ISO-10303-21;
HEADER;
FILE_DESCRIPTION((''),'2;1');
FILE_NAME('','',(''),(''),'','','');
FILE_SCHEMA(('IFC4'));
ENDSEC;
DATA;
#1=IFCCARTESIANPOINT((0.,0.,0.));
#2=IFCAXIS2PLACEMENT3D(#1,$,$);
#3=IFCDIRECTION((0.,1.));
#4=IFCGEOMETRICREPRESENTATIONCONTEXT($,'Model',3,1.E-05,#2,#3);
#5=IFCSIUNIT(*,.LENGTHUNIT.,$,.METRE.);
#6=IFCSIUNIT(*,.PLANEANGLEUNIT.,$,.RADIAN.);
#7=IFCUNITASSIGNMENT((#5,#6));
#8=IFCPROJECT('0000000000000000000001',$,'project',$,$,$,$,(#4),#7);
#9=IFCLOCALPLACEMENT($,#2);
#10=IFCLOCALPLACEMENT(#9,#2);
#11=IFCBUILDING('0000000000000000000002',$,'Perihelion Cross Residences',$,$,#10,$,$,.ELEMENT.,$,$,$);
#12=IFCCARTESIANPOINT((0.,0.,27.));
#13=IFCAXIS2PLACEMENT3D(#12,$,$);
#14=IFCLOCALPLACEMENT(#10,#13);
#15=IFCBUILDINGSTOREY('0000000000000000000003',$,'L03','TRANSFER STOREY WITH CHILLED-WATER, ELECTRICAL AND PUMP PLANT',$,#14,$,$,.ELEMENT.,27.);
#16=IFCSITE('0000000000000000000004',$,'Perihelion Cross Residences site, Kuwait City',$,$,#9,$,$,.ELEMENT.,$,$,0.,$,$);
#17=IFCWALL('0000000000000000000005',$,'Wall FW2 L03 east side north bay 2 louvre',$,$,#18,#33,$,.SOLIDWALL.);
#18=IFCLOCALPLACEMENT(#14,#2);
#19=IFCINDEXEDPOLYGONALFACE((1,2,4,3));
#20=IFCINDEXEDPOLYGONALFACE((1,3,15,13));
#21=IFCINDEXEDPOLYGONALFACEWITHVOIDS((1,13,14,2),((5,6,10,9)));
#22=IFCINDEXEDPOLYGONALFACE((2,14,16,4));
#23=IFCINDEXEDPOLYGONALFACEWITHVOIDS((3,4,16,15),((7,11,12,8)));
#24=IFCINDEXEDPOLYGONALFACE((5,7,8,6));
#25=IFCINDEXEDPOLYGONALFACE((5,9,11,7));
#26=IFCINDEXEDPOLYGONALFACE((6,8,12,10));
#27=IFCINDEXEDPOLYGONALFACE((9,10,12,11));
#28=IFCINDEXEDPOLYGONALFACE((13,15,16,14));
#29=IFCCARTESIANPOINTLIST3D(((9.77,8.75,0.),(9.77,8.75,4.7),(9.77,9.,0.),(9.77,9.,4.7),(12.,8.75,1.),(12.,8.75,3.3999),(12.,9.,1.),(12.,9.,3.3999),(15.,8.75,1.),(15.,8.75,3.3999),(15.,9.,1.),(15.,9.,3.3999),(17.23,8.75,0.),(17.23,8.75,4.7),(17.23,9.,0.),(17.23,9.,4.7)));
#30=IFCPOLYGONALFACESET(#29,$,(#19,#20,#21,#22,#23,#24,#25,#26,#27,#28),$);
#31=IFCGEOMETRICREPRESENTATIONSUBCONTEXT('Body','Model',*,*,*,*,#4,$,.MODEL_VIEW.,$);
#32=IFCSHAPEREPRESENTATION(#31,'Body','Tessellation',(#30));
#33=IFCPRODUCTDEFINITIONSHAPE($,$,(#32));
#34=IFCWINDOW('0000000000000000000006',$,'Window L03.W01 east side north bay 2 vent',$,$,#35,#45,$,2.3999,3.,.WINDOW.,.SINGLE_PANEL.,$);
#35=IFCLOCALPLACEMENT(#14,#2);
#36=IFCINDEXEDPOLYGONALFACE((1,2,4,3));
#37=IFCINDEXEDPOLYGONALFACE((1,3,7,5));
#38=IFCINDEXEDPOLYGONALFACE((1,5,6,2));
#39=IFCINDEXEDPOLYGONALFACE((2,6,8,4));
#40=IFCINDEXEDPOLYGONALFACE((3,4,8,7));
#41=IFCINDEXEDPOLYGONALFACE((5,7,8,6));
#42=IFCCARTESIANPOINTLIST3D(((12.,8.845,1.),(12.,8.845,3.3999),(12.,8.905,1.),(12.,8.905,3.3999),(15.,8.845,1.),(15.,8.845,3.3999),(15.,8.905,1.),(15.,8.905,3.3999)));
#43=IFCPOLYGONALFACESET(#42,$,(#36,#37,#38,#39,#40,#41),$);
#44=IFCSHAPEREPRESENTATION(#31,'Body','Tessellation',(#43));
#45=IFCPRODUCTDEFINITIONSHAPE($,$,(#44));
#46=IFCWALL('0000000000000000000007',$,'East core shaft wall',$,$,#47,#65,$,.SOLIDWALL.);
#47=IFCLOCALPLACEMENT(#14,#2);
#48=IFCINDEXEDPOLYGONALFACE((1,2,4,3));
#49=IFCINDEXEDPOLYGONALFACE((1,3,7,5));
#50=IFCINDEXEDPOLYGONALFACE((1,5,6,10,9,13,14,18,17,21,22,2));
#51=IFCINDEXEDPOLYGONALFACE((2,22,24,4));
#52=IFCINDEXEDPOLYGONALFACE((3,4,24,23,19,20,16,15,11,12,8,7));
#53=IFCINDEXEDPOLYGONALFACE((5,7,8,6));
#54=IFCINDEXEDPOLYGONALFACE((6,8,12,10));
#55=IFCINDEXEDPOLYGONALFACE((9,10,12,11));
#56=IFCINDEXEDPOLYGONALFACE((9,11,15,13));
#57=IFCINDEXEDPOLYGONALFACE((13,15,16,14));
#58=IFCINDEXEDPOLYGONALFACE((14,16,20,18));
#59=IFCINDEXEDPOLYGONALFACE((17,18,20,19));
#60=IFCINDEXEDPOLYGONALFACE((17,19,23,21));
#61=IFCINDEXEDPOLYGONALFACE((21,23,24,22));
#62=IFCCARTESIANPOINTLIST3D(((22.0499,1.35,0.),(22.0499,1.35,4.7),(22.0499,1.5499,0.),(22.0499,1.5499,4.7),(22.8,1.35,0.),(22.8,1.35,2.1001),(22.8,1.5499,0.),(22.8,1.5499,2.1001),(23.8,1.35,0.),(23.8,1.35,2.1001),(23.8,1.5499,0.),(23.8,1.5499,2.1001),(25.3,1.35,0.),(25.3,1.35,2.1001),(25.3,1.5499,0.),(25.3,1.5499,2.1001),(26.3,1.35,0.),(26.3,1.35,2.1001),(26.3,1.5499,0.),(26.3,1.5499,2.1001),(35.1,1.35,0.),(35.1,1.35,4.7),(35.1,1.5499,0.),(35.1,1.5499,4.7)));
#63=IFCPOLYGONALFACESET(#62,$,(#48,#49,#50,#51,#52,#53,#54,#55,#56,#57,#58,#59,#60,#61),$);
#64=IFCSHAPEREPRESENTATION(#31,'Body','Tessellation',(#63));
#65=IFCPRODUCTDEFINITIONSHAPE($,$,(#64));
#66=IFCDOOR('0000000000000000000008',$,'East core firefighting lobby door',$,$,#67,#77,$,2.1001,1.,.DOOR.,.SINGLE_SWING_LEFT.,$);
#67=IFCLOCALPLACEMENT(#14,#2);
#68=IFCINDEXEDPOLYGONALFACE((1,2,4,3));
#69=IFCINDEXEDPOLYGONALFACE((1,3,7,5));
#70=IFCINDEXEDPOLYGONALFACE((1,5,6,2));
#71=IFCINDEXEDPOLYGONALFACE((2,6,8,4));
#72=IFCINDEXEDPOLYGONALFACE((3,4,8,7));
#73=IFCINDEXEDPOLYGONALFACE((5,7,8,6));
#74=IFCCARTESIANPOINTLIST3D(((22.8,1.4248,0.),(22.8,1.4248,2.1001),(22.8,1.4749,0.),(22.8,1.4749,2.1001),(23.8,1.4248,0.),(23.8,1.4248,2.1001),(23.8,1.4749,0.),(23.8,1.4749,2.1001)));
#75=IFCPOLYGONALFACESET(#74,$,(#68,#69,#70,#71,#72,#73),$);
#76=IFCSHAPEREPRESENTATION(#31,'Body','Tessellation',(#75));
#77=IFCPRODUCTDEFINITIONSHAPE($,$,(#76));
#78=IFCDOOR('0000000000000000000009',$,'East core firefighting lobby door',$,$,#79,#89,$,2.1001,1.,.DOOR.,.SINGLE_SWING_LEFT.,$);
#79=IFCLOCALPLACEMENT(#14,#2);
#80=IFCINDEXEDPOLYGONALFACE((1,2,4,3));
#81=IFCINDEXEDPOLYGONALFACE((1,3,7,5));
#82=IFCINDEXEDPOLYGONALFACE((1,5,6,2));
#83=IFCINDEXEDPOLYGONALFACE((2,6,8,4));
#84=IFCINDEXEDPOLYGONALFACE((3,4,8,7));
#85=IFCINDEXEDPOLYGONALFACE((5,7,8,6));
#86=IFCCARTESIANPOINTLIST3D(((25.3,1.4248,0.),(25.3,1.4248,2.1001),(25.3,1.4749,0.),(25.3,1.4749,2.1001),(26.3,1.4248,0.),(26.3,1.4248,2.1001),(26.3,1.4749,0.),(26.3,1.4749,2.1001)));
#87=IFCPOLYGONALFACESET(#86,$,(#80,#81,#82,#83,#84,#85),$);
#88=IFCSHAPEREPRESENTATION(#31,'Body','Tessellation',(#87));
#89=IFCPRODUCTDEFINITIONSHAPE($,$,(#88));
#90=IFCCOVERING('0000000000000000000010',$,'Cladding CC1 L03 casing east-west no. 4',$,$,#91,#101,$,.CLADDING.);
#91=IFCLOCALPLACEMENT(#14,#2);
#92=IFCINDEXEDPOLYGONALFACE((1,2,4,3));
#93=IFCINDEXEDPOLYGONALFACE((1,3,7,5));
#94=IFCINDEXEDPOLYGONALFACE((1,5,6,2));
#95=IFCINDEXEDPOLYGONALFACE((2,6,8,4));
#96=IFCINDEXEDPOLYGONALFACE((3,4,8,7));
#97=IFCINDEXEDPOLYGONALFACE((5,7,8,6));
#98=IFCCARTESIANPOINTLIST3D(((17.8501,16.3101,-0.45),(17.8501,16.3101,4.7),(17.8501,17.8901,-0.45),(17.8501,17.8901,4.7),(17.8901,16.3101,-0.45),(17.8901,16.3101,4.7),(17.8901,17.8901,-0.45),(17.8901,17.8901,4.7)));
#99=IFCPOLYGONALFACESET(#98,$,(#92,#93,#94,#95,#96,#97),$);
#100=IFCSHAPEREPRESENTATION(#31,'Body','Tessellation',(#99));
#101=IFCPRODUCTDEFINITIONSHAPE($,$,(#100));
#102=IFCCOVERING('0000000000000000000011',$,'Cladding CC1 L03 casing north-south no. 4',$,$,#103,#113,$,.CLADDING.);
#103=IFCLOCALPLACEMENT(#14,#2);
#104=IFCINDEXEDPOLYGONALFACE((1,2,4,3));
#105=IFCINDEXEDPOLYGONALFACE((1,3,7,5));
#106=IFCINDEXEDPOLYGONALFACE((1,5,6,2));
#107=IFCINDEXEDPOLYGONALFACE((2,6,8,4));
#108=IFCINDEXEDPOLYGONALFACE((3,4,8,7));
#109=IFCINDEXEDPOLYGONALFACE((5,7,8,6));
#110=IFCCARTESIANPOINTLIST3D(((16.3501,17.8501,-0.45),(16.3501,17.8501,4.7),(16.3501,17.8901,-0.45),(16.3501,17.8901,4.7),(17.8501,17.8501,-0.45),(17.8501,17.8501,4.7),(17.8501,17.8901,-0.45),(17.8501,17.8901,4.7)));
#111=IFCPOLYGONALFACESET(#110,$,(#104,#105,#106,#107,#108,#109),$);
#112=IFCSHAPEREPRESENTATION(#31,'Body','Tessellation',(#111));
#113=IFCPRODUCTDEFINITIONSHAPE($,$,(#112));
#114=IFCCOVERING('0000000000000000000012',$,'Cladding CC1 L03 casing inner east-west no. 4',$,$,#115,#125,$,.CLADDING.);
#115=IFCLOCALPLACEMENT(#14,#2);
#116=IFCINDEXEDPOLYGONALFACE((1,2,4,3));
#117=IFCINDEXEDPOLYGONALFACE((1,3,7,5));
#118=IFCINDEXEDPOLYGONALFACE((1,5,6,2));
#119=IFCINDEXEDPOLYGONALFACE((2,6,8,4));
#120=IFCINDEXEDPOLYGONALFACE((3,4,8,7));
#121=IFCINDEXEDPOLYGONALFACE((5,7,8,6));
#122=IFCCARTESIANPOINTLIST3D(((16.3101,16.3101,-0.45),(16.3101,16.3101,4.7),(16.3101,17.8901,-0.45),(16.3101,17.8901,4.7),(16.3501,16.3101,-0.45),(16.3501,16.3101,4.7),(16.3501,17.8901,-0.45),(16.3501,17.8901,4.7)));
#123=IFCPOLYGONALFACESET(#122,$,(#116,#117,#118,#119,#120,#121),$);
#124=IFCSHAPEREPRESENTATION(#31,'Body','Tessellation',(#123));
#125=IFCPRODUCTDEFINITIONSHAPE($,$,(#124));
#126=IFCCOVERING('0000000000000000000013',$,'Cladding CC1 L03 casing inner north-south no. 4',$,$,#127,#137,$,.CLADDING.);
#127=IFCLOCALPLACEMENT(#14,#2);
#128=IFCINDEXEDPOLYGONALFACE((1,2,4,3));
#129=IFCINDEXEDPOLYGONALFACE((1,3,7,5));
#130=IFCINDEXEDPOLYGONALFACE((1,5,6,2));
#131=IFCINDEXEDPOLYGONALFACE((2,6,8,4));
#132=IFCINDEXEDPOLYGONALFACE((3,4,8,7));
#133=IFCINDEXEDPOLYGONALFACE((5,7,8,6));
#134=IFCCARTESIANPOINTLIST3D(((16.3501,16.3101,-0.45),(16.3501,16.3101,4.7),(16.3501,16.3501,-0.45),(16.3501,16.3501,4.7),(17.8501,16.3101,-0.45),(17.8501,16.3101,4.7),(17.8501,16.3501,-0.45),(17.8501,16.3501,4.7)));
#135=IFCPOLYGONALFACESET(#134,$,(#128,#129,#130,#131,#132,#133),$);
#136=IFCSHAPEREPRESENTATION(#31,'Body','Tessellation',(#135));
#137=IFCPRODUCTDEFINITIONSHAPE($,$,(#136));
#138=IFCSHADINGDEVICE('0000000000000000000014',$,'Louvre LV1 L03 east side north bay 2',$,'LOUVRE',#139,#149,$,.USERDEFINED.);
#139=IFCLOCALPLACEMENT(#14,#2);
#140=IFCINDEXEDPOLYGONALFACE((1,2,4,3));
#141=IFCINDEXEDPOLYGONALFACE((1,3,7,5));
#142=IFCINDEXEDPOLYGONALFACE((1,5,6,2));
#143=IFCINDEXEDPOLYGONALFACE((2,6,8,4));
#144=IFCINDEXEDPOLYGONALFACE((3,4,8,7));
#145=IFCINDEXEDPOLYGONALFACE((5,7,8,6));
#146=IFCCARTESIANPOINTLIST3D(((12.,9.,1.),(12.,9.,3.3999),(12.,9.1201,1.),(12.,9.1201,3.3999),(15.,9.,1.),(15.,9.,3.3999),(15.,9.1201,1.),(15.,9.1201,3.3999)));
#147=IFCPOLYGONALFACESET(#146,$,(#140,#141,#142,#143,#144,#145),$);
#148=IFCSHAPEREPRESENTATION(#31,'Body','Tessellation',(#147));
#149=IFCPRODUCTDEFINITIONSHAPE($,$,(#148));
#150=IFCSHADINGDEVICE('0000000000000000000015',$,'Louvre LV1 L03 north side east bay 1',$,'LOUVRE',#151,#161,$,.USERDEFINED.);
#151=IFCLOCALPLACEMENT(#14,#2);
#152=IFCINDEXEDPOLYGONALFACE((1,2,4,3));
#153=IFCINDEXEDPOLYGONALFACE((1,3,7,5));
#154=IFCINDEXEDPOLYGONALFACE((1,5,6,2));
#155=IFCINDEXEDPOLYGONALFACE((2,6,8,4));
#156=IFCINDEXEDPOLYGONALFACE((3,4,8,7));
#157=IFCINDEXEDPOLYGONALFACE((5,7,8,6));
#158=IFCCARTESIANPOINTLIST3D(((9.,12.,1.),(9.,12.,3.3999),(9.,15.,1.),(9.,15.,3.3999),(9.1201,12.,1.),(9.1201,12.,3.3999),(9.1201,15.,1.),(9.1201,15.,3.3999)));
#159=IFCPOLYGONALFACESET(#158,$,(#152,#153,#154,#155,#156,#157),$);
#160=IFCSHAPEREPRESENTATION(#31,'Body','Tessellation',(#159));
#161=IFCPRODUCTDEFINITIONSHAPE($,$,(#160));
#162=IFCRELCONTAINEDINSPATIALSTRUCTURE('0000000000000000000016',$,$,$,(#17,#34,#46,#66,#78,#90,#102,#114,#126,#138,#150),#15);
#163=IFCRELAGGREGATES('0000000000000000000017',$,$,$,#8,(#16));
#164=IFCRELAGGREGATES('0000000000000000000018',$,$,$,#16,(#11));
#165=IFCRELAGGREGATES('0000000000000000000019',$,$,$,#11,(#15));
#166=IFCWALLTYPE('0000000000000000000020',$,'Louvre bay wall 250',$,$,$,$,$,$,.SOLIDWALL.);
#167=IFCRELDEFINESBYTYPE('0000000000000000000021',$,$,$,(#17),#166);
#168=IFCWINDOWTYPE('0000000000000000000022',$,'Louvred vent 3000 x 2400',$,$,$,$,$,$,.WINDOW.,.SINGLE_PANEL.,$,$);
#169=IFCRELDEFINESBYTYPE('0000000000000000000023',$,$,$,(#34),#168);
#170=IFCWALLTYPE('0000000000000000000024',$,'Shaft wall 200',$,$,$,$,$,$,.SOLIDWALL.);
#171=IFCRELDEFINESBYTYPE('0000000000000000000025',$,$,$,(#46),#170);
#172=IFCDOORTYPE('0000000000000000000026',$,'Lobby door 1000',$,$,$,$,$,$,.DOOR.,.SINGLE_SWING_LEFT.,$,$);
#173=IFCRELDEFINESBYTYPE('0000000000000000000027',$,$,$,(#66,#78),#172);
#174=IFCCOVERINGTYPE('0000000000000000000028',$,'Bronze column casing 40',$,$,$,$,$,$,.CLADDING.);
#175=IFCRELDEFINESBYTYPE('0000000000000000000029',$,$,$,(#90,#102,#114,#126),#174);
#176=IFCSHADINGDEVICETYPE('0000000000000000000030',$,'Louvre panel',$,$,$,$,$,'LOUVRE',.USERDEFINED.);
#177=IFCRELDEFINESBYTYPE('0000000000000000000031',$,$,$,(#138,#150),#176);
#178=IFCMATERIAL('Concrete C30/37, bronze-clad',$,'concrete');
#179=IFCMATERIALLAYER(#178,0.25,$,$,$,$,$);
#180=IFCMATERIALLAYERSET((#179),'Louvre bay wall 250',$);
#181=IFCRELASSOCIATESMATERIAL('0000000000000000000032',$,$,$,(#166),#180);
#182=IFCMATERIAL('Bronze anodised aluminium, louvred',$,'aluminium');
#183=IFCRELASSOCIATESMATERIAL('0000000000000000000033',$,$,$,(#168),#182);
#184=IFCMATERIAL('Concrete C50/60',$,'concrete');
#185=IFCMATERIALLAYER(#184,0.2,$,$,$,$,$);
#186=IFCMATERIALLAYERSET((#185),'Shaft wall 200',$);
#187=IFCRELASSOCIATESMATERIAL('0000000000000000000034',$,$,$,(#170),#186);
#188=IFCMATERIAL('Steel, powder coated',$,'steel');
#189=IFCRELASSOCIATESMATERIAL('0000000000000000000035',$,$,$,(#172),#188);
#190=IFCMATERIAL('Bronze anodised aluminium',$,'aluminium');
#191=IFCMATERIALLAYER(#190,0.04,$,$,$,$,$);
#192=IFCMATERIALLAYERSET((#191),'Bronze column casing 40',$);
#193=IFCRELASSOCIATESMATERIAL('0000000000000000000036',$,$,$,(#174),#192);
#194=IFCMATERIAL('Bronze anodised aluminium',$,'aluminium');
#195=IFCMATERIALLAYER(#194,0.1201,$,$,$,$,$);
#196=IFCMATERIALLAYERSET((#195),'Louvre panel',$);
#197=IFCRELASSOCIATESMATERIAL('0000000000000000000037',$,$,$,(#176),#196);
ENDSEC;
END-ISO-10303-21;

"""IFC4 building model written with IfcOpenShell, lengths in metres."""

from ifc_helpers import new_model, si_unit, direction, frame, frame_2d, origin, origin_2d, place, context, subcontext, project, spatial, rectangle, extrude, material, layer, layer_set, type_object, element, fill, save


model = new_model("IFC4")

# Units and contexts
model_context = context("Model", 3, precision=1e-05, world=origin(), true_north=direction((0.0, 1.0)))
body_context = subcontext(model_context, "Body", "Model", "MODEL_VIEW")
ifc_project = project(units=[si_unit("LENGTHUNIT", "METRE"), si_unit("PLANEANGLEUNIT", "RADIAN")], contexts=[model_context])

# Site, building, storey
site_placement = place(None, origin())
site = spatial("IfcSite", under=ifc_project, at=site_placement, Name="Perihelion Cross Residences site, Kuwait City", CompositionType="ELEMENT", RefElevation=0.0)
building_placement = place(site_placement, origin())
building = spatial("IfcBuilding", under=site, at=building_placement, Name="Perihelion Cross Residences", CompositionType="ELEMENT")
storey_placement = place(building_placement, frame((0.0, 0.0, 27.0)))
storey = spatial("IfcBuildingStorey", under=building, at=storey_placement, Name="L03", Description="TRANSFER STOREY WITH CHILLED-WATER, ELECTRICAL AND PUMP PLANT", CompositionType="ELEMENT", Elevation=27.0)

# Shared definitions
ifc_material_1 = material(Name="Concrete C30/37, bronze-clad", Category="concrete")
ifc_layer_1 = layer(ifc_material_1, 0.25)
ifc_layer_set_1 = layer_set([ifc_layer_1], Name="Louvre bay wall 250")
wall_type_1 = type_object("IfcWallType", Name="Louvre bay wall 250", PredefinedType="SOLIDWALL", material=ifc_layer_set_1)

# Wall, opening, window
wall_1_placement = place(storey_placement, frame((17.23, 8.875, 0.0), z_axis=(0.0, 0.0, 1.0), x_axis=(-1.0, 0.0, 0.0)))
wall_1 = element("IfcWall", 1, at=wall_1_placement, inside=storey, type_object=wall_type_1, Name="Wall FW2 L03 east side north bay 2 louvre", PredefinedType="SOLIDWALL", context=body_context, shape_type="SweptSolid", body=[
    extrude(rectangle(XDim=7.46, YDim=0.25, at=frame_2d((3.73, 0.0))), origin(), (0.0, 0.0, 1.0), 4.7),
])
opening_1_placement = place(wall_1_placement, frame((2.23, 0.0, 1.0)))
opening_1 = element("IfcOpeningElement", 2, at=opening_1_placement, cuts=wall_1, PredefinedType="OPENING", context=body_context, shape_type="SweptSolid", body=[
    extrude(rectangle(XDim=3.0, YDim=2.3999, at=frame_2d((1.5, 1.2))), frame((0.0, 0.135, 0.0), z_axis=(0.0, -1.0, 0.0), x_axis=(1.0, 0.0, 0.0)), (0.0, 0.0, 1.0), 0.27),
])
ifc_material_2 = material(Name="Bronze anodised aluminium, louvred", Category="aluminium")
window_type = type_object("IfcWindowType", Name="Louvred vent 3000 x 2400", PartitioningType="SINGLE_PANEL", PredefinedType="WINDOW", material=ifc_material_2)
window_placement = place(opening_1_placement, origin())
window = element("IfcWindow", 3, at=window_placement, inside=storey, type_object=window_type, Name="Window L03.W01 east side north bay 2 vent", OverallHeight=2.3999, OverallWidth=3.0, PartitioningType="SINGLE_PANEL", PredefinedType="WINDOW", context=body_context, shape_type="SweptSolid", body=[
    extrude(rectangle(XDim=3.0, YDim=2.3999, at=frame_2d((1.5, 1.2))), frame((0.0, 0.03, 0.0), z_axis=(0.0, -1.0, 0.0), x_axis=(1.0, 0.0, 0.0)), (0.0, 0.0, 1.0), 0.0601),
])
fill(opening_1, window)

# Wall, openings, doors
ifc_material_3 = material(Name="Concrete C50/60", Category="concrete")
ifc_layer_2 = layer(ifc_material_3, 0.2)
ifc_layer_set_2 = layer_set([ifc_layer_2], Name="Shaft wall 200")
wall_type_2 = type_object("IfcWallType", Name="Shaft wall 200", PredefinedType="SOLIDWALL", material=ifc_layer_set_2)
wall_2_placement = place(storey_placement, frame((22.05, 1.45, 0.0), z_axis=(0.0, 0.0, 1.0), x_axis=(1.0, 0.0, 0.0)))
wall_2 = element("IfcWall", 4, at=wall_2_placement, inside=storey, type_object=wall_type_2, Name="East core shaft wall", PredefinedType="SOLIDWALL", context=body_context, shape_type="SweptSolid", body=[
    extrude(rectangle(XDim=13.05, YDim=0.2, at=frame_2d((6.5249, 0.0))), origin(), (0.0, 0.0, 1.0), 4.7),
])
opening_2_placement = place(wall_2_placement, frame((0.75, 0.0, 0.0)))
opening_2 = element("IfcOpeningElement", 5, at=opening_2_placement, cuts=wall_2, PredefinedType="OPENING", context=body_context, shape_type="SweptSolid", body=[
    extrude(rectangle(XDim=1.0, YDim=2.1001, at=frame_2d((0.5, 1.05))), frame((0.0, 0.1099, 0.0), z_axis=(0.0, -1.0, 0.0), x_axis=(1.0, 0.0, 0.0)), (0.0, 0.0, 1.0), 0.22),
])
opening_3_placement = place(wall_2_placement, frame((3.25, 0.0, 0.0)))
opening_3 = element("IfcOpeningElement", 6, at=opening_3_placement, cuts=wall_2, PredefinedType="OPENING", context=body_context, shape_type="SweptSolid", body=[
    extrude(rectangle(XDim=1.0, YDim=2.1001, at=frame_2d((0.5, 1.05))), frame((0.0, 0.1099, 0.0), z_axis=(0.0, -1.0, 0.0), x_axis=(1.0, 0.0, 0.0)), (0.0, 0.0, 1.0), 0.22),
])
ifc_material_4 = material(Name="Steel, powder coated", Category="steel")
door_type_1 = type_object("IfcDoorType", Name="Lobby door 1000", OperationType="SINGLE_SWING_LEFT", PredefinedType="DOOR", material=ifc_material_4)
door_1_placement = place(opening_2_placement, origin())
door_1 = element("IfcDoor", 7, at=door_1_placement, inside=storey, type_object=door_type_1, Name="East core firefighting lobby door", OperationType="SINGLE_SWING_LEFT", OverallHeight=2.1001, OverallWidth=1.0, PredefinedType="DOOR", context=body_context, shape_type="SweptSolid", body=[
    extrude(rectangle(XDim=1.0, YDim=2.1001, at=frame_2d((0.5, 1.05))), frame((0.0, 0.0249, 0.0), z_axis=(0.0, -1.0, 0.0), x_axis=(1.0, 0.0, 0.0)), (0.0, 0.0, 1.0), 0.05),
])
fill(opening_2, door_1)
door_2_placement = place(opening_3_placement, origin())
door_2 = element("IfcDoor", 8, at=door_2_placement, inside=storey, type_object=door_type_1, Name="East core firefighting lobby door", OperationType="SINGLE_SWING_LEFT", OverallHeight=2.1001, OverallWidth=1.0, PredefinedType="DOOR", context=body_context, shape_type="SweptSolid", body=[
    extrude(rectangle(XDim=1.0, YDim=2.1001, at=frame_2d((0.5, 1.05))), frame((0.0, 0.0249, 0.0), z_axis=(0.0, -1.0, 0.0), x_axis=(1.0, 0.0, 0.0)), (0.0, 0.0, 1.0), 0.05),
])
fill(opening_3, door_2)

# Coverings
ifc_material_5 = material(Name="Bronze anodised aluminium", Category="aluminium")
ifc_layer_3 = layer(ifc_material_5, 0.04)
ifc_layer_set_3 = layer_set([ifc_layer_3], Name="Bronze column casing 40")
covering_type = type_object("IfcCoveringType", Name="Bronze column casing 40", PredefinedType="CLADDING", material=ifc_layer_set_3)
covering_1_placement = place(storey_placement, frame((17.8701, 17.1001, -0.45), z_axis=(0.0, 0.0, 1.0), x_axis=(1.0, 0.0, 0.0)))
element("IfcCovering", 9, at=covering_1_placement, inside=storey, type_object=covering_type, Name="Cladding CC1 L03 casing east-west no. 4", PredefinedType="CLADDING", context=body_context, shape_type="SweptSolid", body=[
    extrude(rectangle(XDim=0.04, YDim=1.5801, at=origin_2d()), origin(), (0.0, 0.0, 1.0), 5.1499),
])
covering_2_placement = place(storey_placement, frame((17.1001, 17.8701, -0.45), z_axis=(0.0, 0.0, 1.0), x_axis=(1.0, 0.0, 0.0)))
element("IfcCovering", 10, at=covering_2_placement, inside=storey, type_object=covering_type, Name="Cladding CC1 L03 casing north-south no. 4", PredefinedType="CLADDING", context=body_context, shape_type="SweptSolid", body=[
    extrude(rectangle(XDim=1.5, YDim=0.04, at=origin_2d()), origin(), (0.0, 0.0, 1.0), 5.1499),
])
covering_3_placement = place(storey_placement, frame((16.3301, 17.1001, -0.45), z_axis=(0.0, 0.0, 1.0), x_axis=(1.0, 0.0, 0.0)))
element("IfcCovering", 11, at=covering_3_placement, inside=storey, type_object=covering_type, Name="Cladding CC1 L03 casing inner east-west no. 4", PredefinedType="CLADDING", context=body_context, shape_type="SweptSolid", body=[
    extrude(rectangle(XDim=0.04, YDim=1.5801, at=origin_2d()), origin(), (0.0, 0.0, 1.0), 5.1499),
])
covering_4_placement = place(storey_placement, frame((17.1001, 16.3301, -0.45), z_axis=(0.0, 0.0, 1.0), x_axis=(1.0, 0.0, 0.0)))
element("IfcCovering", 12, at=covering_4_placement, inside=storey, type_object=covering_type, Name="Cladding CC1 L03 casing inner north-south no. 4", PredefinedType="CLADDING", context=body_context, shape_type="SweptSolid", body=[
    extrude(rectangle(XDim=1.5, YDim=0.04, at=origin_2d()), origin(), (0.0, 0.0, 1.0), 5.1499),
])

# Shading devices
ifc_material_6 = material(Name="Bronze anodised aluminium", Category="aluminium")
ifc_layer_4 = layer(ifc_material_6, 0.1201)
ifc_layer_set_4 = layer_set([ifc_layer_4], Name="Louvre panel")
shading_device_type = type_object("IfcShadingDeviceType", Name="Louvre panel", ElementType="LOUVRE", PredefinedType="USERDEFINED", material=ifc_layer_set_4)
for number, where, z_axis, x_axis, name in (
    (13, (13.5, 9.0601, 1.0), (0.0, 0.0, 1.0), (-1.0, 0.0, 0.0), "Louvre LV1 L03 east side north bay 2"),
    (14, (9.0601, 13.5, 1.0), (0.0, 0.0, 1.0), (0.0, 1.0, 0.0), "Louvre LV1 L03 north side east bay 1"),
):
    element("IfcShadingDevice", number, at=place(storey_placement, frame(where, z_axis=z_axis, x_axis=x_axis)), inside=storey, type_object=shading_device_type, Name=name, ObjectType="LOUVRE", PredefinedType="USERDEFINED", context=body_context, shape_type="SweptSolid", body=[
        extrude(rectangle(XDim=3.0, YDim=0.1201, at=origin_2d()), origin(), (0.0, 0.0, 1.0), 2.3999),
    ])

save(model, "model.ifc")
